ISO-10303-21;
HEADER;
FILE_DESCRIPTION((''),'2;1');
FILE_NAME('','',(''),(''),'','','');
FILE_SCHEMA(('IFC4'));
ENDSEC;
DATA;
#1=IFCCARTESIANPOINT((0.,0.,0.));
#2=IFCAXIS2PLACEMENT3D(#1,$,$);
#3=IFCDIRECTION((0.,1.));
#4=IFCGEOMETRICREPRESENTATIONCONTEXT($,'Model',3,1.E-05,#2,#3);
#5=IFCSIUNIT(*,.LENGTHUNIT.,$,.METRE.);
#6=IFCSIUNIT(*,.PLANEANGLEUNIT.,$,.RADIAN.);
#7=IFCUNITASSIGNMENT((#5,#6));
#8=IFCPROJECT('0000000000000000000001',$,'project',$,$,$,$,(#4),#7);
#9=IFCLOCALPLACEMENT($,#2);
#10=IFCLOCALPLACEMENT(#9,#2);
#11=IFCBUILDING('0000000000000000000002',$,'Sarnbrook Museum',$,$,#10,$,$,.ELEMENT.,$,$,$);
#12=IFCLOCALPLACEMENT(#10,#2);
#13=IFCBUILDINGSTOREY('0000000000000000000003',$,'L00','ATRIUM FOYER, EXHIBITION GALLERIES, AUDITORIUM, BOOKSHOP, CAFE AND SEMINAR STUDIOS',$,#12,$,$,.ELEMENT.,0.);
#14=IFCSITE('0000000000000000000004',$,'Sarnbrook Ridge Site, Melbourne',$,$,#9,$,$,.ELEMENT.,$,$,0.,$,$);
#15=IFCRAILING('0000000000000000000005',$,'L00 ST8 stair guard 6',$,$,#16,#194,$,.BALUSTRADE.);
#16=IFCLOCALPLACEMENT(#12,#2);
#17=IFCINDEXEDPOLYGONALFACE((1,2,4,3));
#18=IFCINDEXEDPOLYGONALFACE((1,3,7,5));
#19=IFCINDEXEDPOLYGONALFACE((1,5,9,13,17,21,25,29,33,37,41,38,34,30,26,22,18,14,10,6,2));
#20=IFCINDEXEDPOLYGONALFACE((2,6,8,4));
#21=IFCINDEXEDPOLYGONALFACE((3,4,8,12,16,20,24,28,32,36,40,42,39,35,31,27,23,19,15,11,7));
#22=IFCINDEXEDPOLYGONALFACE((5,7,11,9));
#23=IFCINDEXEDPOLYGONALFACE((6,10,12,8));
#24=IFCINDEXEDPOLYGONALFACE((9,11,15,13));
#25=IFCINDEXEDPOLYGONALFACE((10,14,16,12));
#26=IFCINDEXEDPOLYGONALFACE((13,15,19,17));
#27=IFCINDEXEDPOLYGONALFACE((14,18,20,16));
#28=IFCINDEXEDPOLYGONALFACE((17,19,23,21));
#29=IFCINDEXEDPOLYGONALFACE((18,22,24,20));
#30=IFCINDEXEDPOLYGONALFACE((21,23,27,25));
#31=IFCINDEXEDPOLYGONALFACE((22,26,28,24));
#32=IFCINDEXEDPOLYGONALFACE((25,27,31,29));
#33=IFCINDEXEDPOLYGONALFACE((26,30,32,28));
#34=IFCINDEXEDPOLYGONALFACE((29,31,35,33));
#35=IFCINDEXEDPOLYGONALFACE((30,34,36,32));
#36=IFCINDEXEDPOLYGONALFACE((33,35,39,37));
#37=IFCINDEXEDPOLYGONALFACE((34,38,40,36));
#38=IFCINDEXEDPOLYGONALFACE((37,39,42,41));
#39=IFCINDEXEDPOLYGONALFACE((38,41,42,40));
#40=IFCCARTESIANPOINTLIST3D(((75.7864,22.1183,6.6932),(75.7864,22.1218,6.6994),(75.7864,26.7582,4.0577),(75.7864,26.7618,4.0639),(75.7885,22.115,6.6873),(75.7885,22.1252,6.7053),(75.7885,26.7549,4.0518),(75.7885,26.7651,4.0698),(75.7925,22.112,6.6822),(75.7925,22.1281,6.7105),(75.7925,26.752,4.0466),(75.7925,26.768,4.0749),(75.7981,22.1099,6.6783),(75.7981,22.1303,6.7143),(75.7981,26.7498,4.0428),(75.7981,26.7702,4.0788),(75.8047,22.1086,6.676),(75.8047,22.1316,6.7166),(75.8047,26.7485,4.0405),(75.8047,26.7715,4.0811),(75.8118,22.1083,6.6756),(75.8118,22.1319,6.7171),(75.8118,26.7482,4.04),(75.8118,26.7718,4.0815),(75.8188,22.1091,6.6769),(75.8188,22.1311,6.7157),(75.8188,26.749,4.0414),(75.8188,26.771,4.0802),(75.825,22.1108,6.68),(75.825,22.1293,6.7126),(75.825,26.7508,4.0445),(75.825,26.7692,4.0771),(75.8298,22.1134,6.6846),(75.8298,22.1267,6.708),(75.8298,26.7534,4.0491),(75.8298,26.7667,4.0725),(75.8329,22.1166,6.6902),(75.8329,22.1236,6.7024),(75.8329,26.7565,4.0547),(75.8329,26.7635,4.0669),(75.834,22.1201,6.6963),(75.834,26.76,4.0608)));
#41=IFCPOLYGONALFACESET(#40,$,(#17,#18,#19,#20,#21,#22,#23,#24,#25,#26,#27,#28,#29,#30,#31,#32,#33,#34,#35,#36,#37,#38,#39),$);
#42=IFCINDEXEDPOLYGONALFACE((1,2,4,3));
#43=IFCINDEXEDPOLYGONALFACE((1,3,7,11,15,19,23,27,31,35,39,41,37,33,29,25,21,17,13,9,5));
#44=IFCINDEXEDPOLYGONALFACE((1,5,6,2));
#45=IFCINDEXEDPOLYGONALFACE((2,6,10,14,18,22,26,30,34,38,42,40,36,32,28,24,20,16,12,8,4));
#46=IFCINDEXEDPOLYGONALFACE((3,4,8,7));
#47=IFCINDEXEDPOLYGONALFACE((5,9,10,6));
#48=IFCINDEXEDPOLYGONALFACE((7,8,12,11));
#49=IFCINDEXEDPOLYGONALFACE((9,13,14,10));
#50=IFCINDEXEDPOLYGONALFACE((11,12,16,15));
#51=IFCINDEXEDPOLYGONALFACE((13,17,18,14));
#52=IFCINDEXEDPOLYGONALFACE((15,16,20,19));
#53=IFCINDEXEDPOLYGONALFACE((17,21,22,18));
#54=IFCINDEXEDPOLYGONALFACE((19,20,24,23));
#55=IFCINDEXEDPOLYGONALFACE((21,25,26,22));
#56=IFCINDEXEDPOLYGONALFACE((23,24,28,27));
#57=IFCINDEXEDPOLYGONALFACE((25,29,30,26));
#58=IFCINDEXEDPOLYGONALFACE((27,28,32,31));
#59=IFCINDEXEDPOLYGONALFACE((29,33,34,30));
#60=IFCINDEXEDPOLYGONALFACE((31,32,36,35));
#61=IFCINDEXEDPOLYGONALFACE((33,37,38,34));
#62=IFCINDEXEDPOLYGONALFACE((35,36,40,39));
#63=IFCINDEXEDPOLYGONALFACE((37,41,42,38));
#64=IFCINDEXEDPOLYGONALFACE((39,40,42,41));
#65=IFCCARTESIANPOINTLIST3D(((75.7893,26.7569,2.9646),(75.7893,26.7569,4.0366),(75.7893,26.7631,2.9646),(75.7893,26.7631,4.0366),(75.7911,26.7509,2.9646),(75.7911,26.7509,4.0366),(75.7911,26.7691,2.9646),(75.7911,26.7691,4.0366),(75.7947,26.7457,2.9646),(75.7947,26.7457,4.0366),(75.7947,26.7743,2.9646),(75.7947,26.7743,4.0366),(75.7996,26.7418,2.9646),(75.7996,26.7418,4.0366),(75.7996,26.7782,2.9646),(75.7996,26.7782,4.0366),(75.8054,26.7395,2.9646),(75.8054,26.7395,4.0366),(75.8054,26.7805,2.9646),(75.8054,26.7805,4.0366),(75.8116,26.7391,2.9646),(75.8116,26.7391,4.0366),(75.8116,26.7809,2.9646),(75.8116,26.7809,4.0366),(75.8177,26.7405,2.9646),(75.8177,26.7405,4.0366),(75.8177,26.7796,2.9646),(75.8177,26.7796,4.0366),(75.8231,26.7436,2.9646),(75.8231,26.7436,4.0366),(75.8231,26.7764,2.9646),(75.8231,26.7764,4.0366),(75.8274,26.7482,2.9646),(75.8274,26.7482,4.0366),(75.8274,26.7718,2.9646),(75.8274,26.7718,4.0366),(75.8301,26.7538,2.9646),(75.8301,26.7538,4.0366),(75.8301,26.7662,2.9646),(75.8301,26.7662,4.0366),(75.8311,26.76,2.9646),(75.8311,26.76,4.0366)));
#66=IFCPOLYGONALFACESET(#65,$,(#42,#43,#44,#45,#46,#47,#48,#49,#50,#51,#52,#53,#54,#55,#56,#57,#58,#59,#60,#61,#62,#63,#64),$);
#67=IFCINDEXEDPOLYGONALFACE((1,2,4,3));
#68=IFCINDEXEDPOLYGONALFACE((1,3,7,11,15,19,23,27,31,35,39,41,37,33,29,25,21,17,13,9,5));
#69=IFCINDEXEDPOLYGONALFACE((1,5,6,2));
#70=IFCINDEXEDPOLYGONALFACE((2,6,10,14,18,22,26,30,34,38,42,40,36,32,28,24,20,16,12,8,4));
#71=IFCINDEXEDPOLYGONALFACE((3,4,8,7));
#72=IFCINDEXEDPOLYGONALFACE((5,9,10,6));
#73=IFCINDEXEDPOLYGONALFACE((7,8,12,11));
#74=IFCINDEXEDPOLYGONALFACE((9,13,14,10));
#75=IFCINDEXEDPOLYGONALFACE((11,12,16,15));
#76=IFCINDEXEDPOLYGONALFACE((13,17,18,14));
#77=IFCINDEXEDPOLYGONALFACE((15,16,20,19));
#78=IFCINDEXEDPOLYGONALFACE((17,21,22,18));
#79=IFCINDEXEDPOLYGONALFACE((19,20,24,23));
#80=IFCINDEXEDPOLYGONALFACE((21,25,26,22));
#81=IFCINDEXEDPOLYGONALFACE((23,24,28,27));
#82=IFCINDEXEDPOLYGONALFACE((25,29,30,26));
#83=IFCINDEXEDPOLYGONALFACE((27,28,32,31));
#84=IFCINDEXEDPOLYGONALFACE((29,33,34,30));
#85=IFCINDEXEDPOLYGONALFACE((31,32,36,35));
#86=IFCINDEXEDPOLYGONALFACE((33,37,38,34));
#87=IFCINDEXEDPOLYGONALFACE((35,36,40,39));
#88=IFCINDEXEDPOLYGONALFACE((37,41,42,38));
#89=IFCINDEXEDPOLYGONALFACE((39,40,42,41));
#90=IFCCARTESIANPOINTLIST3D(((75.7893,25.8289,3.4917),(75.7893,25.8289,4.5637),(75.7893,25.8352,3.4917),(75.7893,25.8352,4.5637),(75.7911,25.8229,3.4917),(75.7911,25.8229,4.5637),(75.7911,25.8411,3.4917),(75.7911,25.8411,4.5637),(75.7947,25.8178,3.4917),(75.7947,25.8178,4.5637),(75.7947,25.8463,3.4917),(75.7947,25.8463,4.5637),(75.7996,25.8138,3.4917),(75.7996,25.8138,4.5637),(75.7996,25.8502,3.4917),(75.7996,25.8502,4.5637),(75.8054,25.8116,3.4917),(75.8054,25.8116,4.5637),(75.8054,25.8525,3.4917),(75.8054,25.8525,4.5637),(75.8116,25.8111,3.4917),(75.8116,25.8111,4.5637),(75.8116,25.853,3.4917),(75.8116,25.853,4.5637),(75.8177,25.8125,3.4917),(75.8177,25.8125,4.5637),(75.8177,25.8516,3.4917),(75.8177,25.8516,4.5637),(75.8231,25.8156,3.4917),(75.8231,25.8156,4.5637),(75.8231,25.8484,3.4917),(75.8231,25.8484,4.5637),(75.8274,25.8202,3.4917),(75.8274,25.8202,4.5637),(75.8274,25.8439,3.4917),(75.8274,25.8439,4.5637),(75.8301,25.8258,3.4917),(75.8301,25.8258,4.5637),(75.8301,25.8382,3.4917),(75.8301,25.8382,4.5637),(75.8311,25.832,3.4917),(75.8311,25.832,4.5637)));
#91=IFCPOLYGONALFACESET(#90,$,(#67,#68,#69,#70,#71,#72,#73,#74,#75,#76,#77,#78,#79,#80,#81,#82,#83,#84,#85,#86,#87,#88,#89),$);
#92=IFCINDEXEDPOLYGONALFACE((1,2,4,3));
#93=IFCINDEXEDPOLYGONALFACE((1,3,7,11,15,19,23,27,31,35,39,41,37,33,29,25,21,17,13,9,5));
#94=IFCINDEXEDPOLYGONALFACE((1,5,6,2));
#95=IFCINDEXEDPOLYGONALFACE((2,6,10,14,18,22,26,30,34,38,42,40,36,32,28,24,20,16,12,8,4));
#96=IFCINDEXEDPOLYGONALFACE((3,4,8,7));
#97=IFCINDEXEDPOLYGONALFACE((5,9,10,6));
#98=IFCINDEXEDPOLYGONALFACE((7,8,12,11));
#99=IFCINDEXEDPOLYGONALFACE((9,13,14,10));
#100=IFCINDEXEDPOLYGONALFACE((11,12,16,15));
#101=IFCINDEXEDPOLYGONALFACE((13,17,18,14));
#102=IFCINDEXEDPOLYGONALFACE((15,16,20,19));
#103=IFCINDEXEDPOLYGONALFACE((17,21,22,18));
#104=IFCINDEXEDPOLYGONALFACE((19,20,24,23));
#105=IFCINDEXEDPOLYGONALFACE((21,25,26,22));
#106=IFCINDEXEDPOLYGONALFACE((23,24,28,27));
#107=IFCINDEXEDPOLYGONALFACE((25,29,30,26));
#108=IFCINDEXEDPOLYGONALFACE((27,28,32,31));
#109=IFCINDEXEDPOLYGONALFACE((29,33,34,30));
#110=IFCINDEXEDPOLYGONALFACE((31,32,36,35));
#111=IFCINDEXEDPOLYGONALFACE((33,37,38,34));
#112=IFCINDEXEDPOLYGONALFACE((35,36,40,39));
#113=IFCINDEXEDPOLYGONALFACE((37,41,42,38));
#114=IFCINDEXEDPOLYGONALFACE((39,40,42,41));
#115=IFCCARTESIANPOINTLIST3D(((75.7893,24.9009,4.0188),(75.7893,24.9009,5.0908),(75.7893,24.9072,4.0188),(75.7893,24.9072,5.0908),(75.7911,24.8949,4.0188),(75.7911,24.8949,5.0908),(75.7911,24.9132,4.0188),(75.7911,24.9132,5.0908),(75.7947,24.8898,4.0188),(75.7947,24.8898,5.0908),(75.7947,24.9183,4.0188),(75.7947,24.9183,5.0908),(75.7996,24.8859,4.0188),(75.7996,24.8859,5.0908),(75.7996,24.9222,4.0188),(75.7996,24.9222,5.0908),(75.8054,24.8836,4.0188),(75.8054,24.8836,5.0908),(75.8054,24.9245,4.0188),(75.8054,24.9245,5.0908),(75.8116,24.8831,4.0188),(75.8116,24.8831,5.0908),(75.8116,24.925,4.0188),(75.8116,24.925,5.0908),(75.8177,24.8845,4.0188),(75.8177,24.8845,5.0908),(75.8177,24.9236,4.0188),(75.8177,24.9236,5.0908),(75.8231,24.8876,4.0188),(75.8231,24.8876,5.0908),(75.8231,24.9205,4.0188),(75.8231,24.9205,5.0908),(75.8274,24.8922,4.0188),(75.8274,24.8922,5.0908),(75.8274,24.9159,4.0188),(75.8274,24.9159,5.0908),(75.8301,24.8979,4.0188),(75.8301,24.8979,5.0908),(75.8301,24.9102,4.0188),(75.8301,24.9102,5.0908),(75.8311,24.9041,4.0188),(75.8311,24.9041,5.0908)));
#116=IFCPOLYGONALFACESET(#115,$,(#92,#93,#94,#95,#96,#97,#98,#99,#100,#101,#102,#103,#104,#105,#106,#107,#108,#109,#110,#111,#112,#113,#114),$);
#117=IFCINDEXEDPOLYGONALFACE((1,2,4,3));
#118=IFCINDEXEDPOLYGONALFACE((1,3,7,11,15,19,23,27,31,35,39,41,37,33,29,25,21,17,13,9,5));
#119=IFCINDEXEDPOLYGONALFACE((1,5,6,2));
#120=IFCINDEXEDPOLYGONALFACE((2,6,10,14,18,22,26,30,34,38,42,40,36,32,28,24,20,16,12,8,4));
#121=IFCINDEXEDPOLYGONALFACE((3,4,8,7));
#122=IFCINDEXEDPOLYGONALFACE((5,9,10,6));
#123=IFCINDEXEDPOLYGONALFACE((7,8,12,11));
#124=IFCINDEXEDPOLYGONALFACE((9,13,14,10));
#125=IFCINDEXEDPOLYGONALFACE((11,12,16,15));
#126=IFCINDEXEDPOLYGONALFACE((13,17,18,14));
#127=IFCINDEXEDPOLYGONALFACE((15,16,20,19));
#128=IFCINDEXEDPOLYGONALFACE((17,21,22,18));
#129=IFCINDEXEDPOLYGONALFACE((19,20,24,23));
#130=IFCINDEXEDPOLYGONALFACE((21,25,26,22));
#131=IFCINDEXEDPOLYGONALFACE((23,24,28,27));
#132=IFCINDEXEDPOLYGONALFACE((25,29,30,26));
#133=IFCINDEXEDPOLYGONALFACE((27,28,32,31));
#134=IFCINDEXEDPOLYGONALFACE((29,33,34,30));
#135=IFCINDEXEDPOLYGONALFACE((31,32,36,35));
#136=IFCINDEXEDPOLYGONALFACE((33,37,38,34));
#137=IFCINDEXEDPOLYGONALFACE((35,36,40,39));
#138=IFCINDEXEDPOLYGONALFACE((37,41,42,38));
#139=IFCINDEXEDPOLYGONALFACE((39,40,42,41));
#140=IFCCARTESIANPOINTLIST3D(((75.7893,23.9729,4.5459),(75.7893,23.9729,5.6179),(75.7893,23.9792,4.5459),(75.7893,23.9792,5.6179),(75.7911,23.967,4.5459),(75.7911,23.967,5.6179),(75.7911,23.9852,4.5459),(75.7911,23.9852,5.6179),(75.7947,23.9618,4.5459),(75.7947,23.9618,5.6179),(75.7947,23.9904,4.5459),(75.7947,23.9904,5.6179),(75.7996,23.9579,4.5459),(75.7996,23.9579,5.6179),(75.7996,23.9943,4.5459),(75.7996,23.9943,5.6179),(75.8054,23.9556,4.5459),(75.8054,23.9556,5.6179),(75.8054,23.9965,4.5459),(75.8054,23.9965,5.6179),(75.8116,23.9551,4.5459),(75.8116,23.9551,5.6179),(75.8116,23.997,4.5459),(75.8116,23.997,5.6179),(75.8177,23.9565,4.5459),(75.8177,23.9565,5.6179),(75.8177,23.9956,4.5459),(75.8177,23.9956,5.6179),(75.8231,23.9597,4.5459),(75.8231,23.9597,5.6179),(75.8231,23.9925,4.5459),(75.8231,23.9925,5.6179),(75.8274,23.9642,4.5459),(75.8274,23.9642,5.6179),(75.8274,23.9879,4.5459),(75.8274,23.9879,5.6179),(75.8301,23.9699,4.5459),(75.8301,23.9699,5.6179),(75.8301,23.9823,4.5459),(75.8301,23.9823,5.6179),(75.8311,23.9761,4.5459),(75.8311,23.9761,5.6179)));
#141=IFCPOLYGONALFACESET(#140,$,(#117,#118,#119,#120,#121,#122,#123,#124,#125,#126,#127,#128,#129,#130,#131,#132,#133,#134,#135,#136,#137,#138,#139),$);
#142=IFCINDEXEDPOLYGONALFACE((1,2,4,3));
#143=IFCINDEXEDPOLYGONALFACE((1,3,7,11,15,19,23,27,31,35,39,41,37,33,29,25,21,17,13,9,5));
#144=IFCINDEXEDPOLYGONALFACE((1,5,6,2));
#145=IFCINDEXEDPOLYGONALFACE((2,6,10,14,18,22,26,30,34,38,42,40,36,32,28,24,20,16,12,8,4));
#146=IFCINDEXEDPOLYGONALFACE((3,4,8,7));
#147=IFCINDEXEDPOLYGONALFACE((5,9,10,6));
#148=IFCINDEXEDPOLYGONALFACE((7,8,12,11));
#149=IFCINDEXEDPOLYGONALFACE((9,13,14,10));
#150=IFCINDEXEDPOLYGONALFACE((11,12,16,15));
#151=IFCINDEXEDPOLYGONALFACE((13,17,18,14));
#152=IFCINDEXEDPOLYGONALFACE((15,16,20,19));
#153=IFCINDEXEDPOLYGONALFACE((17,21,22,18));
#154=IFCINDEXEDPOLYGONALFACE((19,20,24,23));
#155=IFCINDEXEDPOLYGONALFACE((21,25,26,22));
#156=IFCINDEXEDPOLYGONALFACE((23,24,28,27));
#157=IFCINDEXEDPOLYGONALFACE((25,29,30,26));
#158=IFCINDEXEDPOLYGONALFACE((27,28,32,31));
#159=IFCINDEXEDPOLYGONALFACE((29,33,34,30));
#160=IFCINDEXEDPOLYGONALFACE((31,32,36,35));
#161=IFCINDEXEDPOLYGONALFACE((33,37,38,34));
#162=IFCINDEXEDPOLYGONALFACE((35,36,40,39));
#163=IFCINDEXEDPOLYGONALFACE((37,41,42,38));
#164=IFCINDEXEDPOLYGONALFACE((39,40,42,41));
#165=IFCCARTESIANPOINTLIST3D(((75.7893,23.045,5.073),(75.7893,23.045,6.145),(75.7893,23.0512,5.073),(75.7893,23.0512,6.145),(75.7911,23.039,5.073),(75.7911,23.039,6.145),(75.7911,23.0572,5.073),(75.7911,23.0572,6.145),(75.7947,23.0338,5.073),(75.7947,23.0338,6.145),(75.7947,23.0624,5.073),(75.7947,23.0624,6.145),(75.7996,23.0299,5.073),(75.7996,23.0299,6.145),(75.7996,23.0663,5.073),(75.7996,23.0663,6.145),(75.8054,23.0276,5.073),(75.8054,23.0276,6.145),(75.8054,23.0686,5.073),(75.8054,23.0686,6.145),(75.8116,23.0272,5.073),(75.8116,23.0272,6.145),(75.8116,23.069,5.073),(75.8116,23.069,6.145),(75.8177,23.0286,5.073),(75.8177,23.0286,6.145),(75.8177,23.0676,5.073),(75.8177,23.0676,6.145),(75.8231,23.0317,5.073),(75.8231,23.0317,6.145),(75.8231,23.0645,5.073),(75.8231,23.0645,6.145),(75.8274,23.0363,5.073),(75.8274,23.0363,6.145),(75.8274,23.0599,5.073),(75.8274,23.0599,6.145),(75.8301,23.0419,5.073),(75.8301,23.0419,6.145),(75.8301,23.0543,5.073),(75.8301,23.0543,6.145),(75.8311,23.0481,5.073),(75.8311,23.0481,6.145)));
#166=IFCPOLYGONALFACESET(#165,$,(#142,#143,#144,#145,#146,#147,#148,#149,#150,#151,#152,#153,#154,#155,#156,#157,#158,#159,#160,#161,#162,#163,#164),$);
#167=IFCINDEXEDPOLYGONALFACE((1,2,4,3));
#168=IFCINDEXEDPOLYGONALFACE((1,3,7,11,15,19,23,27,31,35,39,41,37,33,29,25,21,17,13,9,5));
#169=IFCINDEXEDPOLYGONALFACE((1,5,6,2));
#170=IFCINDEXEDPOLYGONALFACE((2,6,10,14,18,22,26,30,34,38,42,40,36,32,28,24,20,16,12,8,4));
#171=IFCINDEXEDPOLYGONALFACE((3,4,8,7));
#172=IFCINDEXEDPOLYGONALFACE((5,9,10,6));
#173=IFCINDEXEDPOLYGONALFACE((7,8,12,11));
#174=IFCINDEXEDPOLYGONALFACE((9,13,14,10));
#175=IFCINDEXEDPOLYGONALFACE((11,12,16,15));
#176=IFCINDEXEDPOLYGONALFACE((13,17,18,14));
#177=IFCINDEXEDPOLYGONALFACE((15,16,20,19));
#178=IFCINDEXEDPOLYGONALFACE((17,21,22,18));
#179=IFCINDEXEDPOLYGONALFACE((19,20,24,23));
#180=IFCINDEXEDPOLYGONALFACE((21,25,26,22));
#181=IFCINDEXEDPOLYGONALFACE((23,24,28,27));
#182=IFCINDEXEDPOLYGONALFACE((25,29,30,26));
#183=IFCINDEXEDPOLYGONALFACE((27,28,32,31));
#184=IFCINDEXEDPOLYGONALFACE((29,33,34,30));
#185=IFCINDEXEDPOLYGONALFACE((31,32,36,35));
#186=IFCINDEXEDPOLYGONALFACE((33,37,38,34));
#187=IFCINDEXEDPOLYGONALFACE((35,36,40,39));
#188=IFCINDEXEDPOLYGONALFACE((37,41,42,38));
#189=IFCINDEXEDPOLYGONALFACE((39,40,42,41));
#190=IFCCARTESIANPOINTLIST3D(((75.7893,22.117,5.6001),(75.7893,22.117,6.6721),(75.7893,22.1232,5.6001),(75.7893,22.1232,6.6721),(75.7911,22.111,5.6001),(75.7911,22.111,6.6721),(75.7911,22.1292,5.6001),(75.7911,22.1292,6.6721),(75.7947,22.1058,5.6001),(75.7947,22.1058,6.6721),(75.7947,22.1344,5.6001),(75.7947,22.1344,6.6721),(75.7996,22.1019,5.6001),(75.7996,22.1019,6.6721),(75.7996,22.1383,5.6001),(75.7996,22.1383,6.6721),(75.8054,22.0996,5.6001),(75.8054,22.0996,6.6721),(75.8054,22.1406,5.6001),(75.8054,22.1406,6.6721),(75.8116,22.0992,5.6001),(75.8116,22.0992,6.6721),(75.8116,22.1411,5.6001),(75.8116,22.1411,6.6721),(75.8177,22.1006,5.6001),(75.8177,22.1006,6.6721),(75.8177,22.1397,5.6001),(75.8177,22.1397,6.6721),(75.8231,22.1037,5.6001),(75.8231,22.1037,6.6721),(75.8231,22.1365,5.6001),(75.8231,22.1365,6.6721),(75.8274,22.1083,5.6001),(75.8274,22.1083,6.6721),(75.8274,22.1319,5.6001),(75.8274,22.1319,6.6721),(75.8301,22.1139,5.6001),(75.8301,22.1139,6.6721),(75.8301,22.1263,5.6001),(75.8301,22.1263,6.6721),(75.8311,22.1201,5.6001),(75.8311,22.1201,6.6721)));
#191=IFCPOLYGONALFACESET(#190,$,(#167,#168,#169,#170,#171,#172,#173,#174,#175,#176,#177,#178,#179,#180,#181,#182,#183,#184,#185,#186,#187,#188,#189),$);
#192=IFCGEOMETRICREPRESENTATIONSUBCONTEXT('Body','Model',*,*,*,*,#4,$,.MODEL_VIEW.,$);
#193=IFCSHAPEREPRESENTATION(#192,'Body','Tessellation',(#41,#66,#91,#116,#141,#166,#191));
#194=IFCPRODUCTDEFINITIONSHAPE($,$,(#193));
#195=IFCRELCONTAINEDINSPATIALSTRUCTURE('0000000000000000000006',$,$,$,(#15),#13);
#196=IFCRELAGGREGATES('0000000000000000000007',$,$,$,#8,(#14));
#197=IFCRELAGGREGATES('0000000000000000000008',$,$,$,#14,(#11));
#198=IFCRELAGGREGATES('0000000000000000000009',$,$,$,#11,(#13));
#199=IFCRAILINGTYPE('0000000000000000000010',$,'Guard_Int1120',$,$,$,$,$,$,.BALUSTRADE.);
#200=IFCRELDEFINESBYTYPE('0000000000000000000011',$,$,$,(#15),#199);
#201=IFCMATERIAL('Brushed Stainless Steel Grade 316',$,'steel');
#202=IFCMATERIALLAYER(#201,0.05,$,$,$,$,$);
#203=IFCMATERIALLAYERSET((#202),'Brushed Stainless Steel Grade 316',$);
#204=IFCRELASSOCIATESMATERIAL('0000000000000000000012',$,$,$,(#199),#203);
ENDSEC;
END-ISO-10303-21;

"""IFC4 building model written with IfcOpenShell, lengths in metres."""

from ifc_helpers import new_model, si_unit, direction, frame, origin, origin_2d, place, context, subcontext, project, spatial, circle, extrude, material, layer, layer_set, type_object, element, save


model = new_model("IFC4")

# Units and contexts
model_context = context("Model", 3, precision=1e-05, world=origin(), true_north=direction((0.0, 1.0)))
body_context = subcontext(model_context, "Body", "Model", "MODEL_VIEW")
ifc_project = project(units=[si_unit("LENGTHUNIT", "METRE"), si_unit("PLANEANGLEUNIT", "RADIAN")], contexts=[model_context])

# Site, building, storey
site_placement = place(None, origin())
site = spatial("IfcSite", under=ifc_project, at=site_placement, Name="Sarnbrook Ridge Site, Melbourne", CompositionType="ELEMENT", RefElevation=0.0)
building_placement = place(site_placement, origin())
building = spatial("IfcBuilding", under=site, at=building_placement, Name="Sarnbrook Museum", CompositionType="ELEMENT")
storey_placement = place(building_placement, origin())
storey = spatial("IfcBuildingStorey", under=building, at=storey_placement, Name="L00", Description="ATRIUM FOYER, EXHIBITION GALLERIES, AUDITORIUM, BOOKSHOP, CAFE AND SEMINAR STUDIOS", CompositionType="ELEMENT", Elevation=0.0)

# Railing
ifc_material_1 = material(Name="Brushed Stainless Steel Grade 316", Category="steel")
ifc_layer_1 = layer(ifc_material_1, 0.05)
ifc_layer_set_1 = layer_set([ifc_layer_1], Name="Brushed Stainless Steel Grade 316")
railing_type = type_object("IfcRailingType", Name="Guard_Int1120", PredefinedType="BALUSTRADE", material=ifc_layer_set_1)
railing_1_placement = place(storey_placement, frame((75.8101, 26.76, 2.9646)))
element("IfcRailing", 1, at=railing_1_placement, inside=storey, type_object=railing_type, Name="L00 ST8 stair guard 6", PredefinedType="BALUSTRADE", context=body_context, shape_type="SweptSolid", body=[
    extrude(circle(Radius=0.0239, at=origin_2d()), frame((0.0, 0.0, 1.0962), z_axis=(0.0, -0.869521, 0.493895), x_axis=(1.0, 0.0, 0.0)), (0.0, 0.0, 1.0), 5.3362),
    extrude(circle(Radius=0.021, at=origin_2d()), origin(), (0.0, 0.0, 1.0), 1.072),
    extrude(circle(Radius=0.021, at=origin_2d()), frame((0.0, -0.928, 0.5271)), (0.0, 0.0, 1.0), 1.072),
    extrude(circle(Radius=0.021, at=origin_2d()), frame((0.0, -1.856, 1.0542)), (0.0, 0.0, 1.0), 1.072),
    extrude(circle(Radius=0.021, at=origin_2d()), frame((0.0, -2.7839, 1.5813)), (0.0, 0.0, 1.0), 1.072),
    extrude(circle(Radius=0.021, at=origin_2d()), frame((0.0, -3.7119, 2.1084)), (0.0, 0.0, 1.0), 1.072),
    extrude(circle(Radius=0.021, at=origin_2d()), frame((0.0, -4.6399, 2.6355)), (0.0, 0.0, 1.0), 1.072),
])

save(model, "model.ifc")
